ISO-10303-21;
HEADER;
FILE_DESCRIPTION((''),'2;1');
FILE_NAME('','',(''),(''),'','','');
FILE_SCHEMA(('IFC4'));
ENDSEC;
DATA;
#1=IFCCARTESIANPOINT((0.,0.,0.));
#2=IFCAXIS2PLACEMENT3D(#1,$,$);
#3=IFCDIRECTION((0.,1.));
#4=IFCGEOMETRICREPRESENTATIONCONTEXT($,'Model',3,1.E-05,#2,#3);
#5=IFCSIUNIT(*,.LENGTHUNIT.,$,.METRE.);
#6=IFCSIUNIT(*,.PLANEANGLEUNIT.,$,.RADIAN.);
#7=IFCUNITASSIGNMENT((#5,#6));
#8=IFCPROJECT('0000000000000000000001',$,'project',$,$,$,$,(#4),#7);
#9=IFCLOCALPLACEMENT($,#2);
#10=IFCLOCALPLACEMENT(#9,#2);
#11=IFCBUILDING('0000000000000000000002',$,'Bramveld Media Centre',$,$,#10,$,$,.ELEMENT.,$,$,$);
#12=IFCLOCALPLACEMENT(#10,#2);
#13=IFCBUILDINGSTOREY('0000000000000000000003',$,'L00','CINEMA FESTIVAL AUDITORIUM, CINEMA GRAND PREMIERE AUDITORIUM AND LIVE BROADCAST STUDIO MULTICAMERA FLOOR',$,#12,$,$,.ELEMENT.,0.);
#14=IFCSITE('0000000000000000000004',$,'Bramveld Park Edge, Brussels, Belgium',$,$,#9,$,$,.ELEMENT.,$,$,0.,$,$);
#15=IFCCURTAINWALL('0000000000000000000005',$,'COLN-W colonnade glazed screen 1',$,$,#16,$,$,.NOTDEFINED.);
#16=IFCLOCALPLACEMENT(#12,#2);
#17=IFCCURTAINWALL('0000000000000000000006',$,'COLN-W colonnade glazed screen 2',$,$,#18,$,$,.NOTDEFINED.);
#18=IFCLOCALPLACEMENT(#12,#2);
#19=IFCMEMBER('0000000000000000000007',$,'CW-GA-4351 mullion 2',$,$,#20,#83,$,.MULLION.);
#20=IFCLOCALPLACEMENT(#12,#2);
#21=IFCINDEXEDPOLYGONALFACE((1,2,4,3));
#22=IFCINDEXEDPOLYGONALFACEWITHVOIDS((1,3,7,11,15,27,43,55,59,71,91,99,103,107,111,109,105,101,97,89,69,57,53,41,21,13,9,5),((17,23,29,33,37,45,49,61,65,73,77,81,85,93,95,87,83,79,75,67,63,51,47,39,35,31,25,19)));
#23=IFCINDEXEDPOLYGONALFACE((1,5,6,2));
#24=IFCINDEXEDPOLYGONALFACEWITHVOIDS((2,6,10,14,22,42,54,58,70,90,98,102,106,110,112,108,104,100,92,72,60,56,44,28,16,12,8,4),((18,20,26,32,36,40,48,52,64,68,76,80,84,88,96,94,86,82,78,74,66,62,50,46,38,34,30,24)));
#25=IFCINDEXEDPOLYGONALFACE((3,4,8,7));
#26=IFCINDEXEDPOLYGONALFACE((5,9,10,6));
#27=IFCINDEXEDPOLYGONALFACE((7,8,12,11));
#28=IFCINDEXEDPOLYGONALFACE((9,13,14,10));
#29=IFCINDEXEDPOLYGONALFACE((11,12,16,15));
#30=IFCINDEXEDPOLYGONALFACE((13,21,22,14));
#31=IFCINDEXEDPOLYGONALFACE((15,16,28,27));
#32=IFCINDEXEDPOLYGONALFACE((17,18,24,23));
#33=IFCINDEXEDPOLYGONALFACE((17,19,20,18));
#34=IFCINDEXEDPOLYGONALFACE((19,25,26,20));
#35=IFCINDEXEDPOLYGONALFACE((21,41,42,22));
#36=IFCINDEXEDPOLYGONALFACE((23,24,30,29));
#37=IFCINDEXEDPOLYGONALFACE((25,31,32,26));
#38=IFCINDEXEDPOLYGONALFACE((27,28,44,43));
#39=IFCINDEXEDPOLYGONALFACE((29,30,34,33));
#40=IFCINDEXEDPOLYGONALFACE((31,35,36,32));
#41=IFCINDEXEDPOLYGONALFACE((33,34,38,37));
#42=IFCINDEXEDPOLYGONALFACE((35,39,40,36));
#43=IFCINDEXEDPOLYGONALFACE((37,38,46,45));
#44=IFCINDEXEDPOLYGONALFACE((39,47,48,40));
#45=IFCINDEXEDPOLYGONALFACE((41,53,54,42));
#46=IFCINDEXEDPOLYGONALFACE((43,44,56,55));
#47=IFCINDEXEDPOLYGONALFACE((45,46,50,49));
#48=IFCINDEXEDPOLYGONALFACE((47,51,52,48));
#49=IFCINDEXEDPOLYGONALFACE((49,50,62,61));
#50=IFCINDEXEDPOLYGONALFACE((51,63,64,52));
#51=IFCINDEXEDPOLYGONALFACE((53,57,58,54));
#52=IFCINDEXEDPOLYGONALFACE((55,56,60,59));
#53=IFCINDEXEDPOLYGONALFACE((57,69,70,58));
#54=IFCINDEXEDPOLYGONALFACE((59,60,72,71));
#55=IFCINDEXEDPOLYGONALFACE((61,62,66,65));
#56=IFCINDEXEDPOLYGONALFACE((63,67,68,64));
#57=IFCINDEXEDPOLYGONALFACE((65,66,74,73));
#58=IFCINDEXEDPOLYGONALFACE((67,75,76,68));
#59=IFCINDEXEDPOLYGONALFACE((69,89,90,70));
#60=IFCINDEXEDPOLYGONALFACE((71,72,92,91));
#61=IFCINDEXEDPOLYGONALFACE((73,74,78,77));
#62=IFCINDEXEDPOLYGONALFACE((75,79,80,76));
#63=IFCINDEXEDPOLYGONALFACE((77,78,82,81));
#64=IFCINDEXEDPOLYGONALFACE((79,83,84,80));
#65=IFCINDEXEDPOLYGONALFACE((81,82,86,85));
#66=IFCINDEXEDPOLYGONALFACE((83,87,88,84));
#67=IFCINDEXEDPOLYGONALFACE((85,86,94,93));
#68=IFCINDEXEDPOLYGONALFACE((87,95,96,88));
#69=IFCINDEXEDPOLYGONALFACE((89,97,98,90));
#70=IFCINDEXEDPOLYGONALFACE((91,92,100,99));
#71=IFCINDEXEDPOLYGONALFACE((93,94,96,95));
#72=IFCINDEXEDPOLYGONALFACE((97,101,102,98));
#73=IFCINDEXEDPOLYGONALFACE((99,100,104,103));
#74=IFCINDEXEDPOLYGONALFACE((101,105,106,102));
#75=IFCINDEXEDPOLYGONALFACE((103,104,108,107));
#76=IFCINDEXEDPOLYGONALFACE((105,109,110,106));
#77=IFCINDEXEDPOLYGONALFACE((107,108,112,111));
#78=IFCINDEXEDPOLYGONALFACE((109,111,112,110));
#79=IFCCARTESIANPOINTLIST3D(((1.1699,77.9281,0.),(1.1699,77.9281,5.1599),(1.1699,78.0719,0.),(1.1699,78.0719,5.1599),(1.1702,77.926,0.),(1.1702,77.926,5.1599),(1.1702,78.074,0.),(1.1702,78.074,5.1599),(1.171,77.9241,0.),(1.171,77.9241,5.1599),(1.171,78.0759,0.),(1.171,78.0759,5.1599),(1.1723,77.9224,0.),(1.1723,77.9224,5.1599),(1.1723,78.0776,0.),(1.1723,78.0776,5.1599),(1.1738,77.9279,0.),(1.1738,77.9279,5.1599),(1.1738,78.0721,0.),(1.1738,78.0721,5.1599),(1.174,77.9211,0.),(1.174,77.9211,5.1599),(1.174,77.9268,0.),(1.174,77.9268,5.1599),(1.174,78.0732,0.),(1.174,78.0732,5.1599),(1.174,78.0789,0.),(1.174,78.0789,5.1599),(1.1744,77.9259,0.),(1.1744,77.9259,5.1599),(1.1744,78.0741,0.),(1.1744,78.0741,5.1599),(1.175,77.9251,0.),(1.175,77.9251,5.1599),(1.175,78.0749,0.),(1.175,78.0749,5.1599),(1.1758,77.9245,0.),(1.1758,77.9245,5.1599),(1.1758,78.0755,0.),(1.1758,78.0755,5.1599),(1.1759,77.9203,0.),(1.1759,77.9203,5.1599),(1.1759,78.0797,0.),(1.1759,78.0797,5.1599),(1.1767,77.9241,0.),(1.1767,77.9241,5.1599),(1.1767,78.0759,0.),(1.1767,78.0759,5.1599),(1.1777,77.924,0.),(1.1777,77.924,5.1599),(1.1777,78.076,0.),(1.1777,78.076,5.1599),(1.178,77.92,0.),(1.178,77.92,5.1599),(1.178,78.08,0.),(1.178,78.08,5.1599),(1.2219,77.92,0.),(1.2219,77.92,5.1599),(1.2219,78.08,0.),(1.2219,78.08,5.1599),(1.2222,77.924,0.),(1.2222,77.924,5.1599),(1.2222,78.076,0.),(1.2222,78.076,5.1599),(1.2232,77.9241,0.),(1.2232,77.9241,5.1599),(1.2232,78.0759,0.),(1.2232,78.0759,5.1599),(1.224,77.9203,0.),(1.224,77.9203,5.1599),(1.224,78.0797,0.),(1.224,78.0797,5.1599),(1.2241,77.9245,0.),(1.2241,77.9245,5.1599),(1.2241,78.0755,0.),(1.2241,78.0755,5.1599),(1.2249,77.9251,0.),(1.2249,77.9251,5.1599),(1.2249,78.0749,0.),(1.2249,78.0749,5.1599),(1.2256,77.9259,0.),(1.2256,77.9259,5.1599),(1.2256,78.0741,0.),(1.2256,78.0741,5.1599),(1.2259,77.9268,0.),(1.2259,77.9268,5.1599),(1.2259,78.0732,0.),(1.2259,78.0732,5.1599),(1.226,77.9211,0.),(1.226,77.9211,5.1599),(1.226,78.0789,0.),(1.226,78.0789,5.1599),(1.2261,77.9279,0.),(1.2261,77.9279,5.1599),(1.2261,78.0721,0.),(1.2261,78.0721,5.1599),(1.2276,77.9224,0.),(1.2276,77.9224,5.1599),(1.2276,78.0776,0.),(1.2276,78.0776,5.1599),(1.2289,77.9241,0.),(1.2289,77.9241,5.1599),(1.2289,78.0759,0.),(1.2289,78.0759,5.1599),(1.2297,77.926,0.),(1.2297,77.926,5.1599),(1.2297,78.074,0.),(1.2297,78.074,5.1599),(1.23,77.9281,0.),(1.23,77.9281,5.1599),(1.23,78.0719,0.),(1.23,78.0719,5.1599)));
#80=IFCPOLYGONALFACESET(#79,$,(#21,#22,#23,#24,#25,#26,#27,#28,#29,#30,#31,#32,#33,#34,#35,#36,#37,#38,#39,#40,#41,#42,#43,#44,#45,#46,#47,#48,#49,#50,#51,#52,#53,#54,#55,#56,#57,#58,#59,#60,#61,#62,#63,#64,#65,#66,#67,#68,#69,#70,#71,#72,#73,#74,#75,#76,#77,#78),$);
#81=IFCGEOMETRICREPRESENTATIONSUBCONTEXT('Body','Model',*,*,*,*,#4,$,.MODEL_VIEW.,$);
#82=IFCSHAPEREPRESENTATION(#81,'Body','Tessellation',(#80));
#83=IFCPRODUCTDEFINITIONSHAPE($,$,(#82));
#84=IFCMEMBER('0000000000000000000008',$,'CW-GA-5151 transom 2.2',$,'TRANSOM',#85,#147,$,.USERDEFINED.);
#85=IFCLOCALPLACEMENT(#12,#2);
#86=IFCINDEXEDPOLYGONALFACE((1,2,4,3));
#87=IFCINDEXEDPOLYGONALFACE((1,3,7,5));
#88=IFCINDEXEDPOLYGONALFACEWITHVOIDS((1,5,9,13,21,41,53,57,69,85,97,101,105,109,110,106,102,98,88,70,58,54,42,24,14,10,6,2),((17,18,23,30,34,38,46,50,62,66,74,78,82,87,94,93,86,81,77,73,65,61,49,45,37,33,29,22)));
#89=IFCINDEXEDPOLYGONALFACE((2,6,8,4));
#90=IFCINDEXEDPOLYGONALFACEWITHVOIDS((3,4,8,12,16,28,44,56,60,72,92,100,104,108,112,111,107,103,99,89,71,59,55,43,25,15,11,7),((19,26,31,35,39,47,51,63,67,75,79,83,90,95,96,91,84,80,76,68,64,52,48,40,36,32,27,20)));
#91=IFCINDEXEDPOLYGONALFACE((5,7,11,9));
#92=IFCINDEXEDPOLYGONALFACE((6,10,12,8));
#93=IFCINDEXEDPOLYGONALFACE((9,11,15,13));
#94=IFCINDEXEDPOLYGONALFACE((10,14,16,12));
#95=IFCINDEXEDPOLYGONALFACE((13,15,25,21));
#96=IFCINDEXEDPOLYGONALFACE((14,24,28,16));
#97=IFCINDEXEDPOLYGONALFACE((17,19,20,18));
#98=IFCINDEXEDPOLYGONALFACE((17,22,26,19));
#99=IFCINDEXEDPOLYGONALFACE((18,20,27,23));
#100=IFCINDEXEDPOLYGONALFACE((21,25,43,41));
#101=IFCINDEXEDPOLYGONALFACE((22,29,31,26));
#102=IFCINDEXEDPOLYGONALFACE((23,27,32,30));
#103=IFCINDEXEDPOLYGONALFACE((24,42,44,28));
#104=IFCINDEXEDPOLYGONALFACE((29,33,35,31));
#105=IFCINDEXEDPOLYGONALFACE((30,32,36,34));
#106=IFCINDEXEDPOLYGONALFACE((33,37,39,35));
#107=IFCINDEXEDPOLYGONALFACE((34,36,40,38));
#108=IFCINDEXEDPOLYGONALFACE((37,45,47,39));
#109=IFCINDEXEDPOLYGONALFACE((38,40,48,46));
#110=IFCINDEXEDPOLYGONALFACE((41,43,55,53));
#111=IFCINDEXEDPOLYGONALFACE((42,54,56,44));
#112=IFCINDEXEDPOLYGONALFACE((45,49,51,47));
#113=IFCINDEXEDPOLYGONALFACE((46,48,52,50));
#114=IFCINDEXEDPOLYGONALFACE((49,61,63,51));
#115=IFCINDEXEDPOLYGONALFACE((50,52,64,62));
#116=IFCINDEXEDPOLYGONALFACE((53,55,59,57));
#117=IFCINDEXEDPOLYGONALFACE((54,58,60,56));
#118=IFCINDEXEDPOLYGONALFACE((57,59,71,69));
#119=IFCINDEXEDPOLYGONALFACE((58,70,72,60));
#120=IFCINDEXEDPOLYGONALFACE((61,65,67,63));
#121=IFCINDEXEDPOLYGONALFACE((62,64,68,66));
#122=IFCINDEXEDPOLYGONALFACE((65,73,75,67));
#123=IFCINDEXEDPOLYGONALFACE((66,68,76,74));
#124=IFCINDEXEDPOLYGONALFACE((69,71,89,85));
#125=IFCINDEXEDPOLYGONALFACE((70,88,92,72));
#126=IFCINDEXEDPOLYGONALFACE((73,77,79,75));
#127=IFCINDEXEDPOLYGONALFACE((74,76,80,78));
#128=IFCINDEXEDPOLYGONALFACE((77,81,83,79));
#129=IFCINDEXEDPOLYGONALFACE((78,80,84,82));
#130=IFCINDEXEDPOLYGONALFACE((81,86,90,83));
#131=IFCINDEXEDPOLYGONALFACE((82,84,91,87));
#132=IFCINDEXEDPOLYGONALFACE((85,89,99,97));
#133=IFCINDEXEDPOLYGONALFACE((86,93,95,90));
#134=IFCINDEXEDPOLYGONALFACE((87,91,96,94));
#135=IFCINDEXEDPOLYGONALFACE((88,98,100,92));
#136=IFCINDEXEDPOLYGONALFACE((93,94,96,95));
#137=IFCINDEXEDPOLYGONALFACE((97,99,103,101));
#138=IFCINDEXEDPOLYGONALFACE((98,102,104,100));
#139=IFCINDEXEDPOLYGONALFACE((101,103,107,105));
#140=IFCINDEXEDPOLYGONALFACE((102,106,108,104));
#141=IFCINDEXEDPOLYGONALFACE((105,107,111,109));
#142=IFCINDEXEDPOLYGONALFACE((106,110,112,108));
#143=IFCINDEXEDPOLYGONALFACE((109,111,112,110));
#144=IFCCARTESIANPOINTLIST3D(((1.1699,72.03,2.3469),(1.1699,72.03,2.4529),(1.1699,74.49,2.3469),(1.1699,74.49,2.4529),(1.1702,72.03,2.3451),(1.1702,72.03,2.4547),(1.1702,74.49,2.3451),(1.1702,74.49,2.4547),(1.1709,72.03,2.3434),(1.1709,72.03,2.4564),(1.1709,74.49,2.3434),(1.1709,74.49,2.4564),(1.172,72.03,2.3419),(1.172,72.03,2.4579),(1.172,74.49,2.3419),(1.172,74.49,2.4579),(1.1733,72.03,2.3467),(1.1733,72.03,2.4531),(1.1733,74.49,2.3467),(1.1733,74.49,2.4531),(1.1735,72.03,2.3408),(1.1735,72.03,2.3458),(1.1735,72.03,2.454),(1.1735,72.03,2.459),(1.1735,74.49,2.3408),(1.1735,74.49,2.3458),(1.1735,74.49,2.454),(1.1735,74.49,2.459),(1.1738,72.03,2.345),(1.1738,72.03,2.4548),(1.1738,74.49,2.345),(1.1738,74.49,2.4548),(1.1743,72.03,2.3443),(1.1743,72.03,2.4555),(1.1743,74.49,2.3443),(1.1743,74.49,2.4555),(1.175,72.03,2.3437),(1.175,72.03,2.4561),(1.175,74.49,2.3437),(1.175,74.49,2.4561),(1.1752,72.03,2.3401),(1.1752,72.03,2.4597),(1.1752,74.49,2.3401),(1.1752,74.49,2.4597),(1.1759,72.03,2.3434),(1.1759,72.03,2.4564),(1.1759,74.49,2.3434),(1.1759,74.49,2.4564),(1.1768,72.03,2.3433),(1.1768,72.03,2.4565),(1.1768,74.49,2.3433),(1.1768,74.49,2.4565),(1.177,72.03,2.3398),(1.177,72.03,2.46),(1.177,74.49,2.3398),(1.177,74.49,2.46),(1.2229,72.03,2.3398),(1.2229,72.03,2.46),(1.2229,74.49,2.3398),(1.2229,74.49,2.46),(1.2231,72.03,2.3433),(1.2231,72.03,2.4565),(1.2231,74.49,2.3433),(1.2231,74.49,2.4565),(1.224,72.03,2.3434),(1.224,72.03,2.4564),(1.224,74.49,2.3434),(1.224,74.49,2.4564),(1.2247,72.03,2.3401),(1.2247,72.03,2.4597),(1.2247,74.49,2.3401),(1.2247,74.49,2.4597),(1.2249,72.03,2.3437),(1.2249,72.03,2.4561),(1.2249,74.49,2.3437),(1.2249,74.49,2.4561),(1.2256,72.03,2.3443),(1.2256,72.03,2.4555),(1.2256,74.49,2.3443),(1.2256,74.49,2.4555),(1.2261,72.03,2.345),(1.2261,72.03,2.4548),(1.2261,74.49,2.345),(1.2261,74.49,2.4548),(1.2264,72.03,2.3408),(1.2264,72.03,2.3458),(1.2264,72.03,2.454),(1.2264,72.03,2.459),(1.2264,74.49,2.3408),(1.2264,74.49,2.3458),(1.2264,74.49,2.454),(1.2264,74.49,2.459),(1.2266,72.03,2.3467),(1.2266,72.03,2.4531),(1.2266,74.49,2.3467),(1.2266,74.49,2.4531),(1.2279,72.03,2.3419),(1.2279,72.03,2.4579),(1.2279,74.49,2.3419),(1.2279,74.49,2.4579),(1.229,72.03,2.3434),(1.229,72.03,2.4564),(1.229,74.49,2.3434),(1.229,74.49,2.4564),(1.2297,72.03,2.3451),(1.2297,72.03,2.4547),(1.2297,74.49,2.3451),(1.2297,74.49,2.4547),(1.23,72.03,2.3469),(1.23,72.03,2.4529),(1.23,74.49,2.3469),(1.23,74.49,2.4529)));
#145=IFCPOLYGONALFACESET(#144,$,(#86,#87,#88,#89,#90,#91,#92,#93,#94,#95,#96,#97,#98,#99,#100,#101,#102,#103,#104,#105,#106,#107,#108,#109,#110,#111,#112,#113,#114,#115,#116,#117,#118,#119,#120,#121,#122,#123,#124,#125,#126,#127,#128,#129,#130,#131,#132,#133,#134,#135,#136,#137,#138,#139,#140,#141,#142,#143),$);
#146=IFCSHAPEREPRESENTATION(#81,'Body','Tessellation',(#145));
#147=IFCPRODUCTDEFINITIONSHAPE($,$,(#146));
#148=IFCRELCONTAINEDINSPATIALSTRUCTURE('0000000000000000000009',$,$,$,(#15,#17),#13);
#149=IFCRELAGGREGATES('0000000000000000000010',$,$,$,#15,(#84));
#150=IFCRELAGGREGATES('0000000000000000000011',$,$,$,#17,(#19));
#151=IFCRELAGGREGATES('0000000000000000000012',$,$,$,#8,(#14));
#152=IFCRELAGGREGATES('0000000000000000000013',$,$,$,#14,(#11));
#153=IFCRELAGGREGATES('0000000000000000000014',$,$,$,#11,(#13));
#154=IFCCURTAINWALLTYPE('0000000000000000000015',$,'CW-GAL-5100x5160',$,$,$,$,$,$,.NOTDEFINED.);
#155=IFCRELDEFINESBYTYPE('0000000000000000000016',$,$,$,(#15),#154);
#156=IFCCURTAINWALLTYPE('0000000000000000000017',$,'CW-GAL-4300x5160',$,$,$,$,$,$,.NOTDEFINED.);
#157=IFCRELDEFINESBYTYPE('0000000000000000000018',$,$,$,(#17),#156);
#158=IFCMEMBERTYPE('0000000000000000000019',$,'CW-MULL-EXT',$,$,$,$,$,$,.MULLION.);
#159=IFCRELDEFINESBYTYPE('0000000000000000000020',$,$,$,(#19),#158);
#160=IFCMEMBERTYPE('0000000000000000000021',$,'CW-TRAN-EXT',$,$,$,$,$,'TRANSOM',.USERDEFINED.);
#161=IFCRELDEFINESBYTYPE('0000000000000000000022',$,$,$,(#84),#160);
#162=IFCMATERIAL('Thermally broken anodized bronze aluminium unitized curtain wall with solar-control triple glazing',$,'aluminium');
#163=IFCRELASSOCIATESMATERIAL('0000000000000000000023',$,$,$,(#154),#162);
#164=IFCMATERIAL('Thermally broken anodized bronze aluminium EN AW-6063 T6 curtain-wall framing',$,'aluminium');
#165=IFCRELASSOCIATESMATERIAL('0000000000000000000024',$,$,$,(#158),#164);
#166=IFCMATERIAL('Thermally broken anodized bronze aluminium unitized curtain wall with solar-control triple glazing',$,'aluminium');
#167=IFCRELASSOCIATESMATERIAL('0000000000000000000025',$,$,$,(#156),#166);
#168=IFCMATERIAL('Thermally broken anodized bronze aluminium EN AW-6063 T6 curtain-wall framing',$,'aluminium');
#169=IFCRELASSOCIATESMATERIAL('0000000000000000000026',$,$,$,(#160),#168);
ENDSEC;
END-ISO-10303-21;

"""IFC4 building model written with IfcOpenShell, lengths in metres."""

from ifc_helpers import new_model, si_unit, direction, frame, origin, origin_2d, place, context, subcontext, project, spatial, hollow_rectangle, extrude, material, material_profile, profile_set, type_object, element, aggregate, save


model = new_model("IFC4")

# Units and contexts
model_context = context("Model", 3, precision=1e-05, world=origin(), true_north=direction((0.0, 1.0)))
body_context = subcontext(model_context, "Body", "Model", "MODEL_VIEW")
ifc_project = project(units=[si_unit("LENGTHUNIT", "METRE"), si_unit("PLANEANGLEUNIT", "RADIAN")], contexts=[model_context])

# Site, building, storey
site_placement = place(None, origin())
site = spatial("IfcSite", under=ifc_project, at=site_placement, Name="Bramveld Park Edge, Brussels, Belgium", CompositionType="ELEMENT", RefElevation=0.0)
building_placement = place(site_placement, origin())
building = spatial("IfcBuilding", under=site, at=building_placement, Name="Bramveld Media Centre", CompositionType="ELEMENT")
storey_placement = place(building_placement, origin())
storey = spatial("IfcBuildingStorey", under=building, at=storey_placement, Name="L00", Description="CINEMA FESTIVAL AUDITORIUM, CINEMA GRAND PREMIERE AUDITORIUM AND LIVE BROADCAST STUDIO MULTICAMERA FLOOR", CompositionType="ELEMENT", Elevation=0.0)

# Curtain wall
ifc_material_1 = material(Name="Thermally broken anodized bronze aluminium unitized curtain wall with solar-control triple glazing", Category="aluminium")
curtain_wall_type_1 = type_object("IfcCurtainWallType", Name="CW-GAL-5100x5160", PredefinedType="NOTDEFINED", material=ifc_material_1)
curtain_wall_1_placement = place(storey_placement, origin())
curtain_wall_1 = element("IfcCurtainWall", 1, at=curtain_wall_1_placement, inside=storey, type_object=curtain_wall_type_1, Name="COLN-W colonnade glazed screen 1", PredefinedType="NOTDEFINED")
ifc_material_2 = material(Name="Thermally broken anodized bronze aluminium EN AW-6063 T6 curtain-wall framing", Category="aluminium")
ifc_material_profile_1 = material_profile(ifc_material_2, hollow_rectangle(XDim=0.0601, YDim=0.1599, WallThickness=0.0039, InnerFilletRadius=0.0039, OuterFilletRadius=0.0081, at=origin_2d()), Name="AL-MULL 60x160")
ifc_profile_set_1 = profile_set([ifc_material_profile_1], Name="Thermally broken anodized bronze aluminium EN AW-6063 T6 curtain-wall framing")
member_type_1 = type_object("IfcMemberType", Name="CW-MULL-EXT", PredefinedType="MULLION", material=ifc_profile_set_1)

# Curtain wall, member
ifc_material_3 = material(Name="Thermally broken anodized bronze aluminium unitized curtain wall with solar-control triple glazing", Category="aluminium")
curtain_wall_type_2 = type_object("IfcCurtainWallType", Name="CW-GAL-4300x5160", PredefinedType="NOTDEFINED", material=ifc_material_3)
curtain_wall_2_placement = place(storey_placement, origin())
curtain_wall_2 = element("IfcCurtainWall", 2, at=curtain_wall_2_placement, inside=storey, type_object=curtain_wall_type_2, Name="COLN-W colonnade glazed screen 2", PredefinedType="NOTDEFINED")
member_1_placement = place(storey_placement, frame((1.2, 78.0, 0.0), z_axis=(0.0, 0.0, 1.0), x_axis=(-1.0, 0.0, 0.0)))
member_1 = element("IfcMember", 3, at=member_1_placement, type_object=member_type_1, Name="CW-GA-4351 mullion 2", PredefinedType="MULLION", context=body_context, shape_type="SweptSolid", body=[
    extrude(hollow_rectangle(XDim=0.0601, YDim=0.1599, WallThickness=0.0039, InnerFilletRadius=0.0039, OuterFilletRadius=0.0081, at=origin_2d()), origin(), (0.0, 0.0, 1.0), 5.1599),
])

# Member
ifc_material_4 = material(Name="Thermally broken anodized bronze aluminium EN AW-6063 T6 curtain-wall framing", Category="aluminium")
ifc_material_profile_2 = material_profile(ifc_material_4, hollow_rectangle(XDim=0.0601, YDim=0.1201, WallThickness=0.0034, InnerFilletRadius=0.0034, OuterFilletRadius=0.0071, at=origin_2d()), Name="AL-TRAN 60x120")
ifc_profile_set_2 = profile_set([ifc_material_profile_2], Name="Thermally broken anodized bronze aluminium EN AW-6063 T6 curtain-wall framing")
member_type_2 = type_object("IfcMemberType", Name="CW-TRAN-EXT", ElementType="TRANSOM", PredefinedType="USERDEFINED", material=ifc_profile_set_2)
member_2_placement = place(storey_placement, frame((1.2, 72.03, 2.3999), z_axis=(0.0, 1.0, 0.0), x_axis=(-1.0, 0.0, 0.0)))
member_2 = element("IfcMember", 4, at=member_2_placement, type_object=member_type_2, Name="CW-GA-5151 transom 2.2", ObjectType="TRANSOM", PredefinedType="USERDEFINED", context=body_context, shape_type="SweptSolid", body=[
    extrude(hollow_rectangle(XDim=0.0601, YDim=0.1201, WallThickness=0.0034, InnerFilletRadius=0.0034, OuterFilletRadius=0.0071, at=origin_2d()), origin(), (0.0, 0.0, 1.0), 2.46),
])

aggregate(curtain_wall_1, [member_2])
aggregate(curtain_wall_2, [member_1])

save(model, "model.ifc")
